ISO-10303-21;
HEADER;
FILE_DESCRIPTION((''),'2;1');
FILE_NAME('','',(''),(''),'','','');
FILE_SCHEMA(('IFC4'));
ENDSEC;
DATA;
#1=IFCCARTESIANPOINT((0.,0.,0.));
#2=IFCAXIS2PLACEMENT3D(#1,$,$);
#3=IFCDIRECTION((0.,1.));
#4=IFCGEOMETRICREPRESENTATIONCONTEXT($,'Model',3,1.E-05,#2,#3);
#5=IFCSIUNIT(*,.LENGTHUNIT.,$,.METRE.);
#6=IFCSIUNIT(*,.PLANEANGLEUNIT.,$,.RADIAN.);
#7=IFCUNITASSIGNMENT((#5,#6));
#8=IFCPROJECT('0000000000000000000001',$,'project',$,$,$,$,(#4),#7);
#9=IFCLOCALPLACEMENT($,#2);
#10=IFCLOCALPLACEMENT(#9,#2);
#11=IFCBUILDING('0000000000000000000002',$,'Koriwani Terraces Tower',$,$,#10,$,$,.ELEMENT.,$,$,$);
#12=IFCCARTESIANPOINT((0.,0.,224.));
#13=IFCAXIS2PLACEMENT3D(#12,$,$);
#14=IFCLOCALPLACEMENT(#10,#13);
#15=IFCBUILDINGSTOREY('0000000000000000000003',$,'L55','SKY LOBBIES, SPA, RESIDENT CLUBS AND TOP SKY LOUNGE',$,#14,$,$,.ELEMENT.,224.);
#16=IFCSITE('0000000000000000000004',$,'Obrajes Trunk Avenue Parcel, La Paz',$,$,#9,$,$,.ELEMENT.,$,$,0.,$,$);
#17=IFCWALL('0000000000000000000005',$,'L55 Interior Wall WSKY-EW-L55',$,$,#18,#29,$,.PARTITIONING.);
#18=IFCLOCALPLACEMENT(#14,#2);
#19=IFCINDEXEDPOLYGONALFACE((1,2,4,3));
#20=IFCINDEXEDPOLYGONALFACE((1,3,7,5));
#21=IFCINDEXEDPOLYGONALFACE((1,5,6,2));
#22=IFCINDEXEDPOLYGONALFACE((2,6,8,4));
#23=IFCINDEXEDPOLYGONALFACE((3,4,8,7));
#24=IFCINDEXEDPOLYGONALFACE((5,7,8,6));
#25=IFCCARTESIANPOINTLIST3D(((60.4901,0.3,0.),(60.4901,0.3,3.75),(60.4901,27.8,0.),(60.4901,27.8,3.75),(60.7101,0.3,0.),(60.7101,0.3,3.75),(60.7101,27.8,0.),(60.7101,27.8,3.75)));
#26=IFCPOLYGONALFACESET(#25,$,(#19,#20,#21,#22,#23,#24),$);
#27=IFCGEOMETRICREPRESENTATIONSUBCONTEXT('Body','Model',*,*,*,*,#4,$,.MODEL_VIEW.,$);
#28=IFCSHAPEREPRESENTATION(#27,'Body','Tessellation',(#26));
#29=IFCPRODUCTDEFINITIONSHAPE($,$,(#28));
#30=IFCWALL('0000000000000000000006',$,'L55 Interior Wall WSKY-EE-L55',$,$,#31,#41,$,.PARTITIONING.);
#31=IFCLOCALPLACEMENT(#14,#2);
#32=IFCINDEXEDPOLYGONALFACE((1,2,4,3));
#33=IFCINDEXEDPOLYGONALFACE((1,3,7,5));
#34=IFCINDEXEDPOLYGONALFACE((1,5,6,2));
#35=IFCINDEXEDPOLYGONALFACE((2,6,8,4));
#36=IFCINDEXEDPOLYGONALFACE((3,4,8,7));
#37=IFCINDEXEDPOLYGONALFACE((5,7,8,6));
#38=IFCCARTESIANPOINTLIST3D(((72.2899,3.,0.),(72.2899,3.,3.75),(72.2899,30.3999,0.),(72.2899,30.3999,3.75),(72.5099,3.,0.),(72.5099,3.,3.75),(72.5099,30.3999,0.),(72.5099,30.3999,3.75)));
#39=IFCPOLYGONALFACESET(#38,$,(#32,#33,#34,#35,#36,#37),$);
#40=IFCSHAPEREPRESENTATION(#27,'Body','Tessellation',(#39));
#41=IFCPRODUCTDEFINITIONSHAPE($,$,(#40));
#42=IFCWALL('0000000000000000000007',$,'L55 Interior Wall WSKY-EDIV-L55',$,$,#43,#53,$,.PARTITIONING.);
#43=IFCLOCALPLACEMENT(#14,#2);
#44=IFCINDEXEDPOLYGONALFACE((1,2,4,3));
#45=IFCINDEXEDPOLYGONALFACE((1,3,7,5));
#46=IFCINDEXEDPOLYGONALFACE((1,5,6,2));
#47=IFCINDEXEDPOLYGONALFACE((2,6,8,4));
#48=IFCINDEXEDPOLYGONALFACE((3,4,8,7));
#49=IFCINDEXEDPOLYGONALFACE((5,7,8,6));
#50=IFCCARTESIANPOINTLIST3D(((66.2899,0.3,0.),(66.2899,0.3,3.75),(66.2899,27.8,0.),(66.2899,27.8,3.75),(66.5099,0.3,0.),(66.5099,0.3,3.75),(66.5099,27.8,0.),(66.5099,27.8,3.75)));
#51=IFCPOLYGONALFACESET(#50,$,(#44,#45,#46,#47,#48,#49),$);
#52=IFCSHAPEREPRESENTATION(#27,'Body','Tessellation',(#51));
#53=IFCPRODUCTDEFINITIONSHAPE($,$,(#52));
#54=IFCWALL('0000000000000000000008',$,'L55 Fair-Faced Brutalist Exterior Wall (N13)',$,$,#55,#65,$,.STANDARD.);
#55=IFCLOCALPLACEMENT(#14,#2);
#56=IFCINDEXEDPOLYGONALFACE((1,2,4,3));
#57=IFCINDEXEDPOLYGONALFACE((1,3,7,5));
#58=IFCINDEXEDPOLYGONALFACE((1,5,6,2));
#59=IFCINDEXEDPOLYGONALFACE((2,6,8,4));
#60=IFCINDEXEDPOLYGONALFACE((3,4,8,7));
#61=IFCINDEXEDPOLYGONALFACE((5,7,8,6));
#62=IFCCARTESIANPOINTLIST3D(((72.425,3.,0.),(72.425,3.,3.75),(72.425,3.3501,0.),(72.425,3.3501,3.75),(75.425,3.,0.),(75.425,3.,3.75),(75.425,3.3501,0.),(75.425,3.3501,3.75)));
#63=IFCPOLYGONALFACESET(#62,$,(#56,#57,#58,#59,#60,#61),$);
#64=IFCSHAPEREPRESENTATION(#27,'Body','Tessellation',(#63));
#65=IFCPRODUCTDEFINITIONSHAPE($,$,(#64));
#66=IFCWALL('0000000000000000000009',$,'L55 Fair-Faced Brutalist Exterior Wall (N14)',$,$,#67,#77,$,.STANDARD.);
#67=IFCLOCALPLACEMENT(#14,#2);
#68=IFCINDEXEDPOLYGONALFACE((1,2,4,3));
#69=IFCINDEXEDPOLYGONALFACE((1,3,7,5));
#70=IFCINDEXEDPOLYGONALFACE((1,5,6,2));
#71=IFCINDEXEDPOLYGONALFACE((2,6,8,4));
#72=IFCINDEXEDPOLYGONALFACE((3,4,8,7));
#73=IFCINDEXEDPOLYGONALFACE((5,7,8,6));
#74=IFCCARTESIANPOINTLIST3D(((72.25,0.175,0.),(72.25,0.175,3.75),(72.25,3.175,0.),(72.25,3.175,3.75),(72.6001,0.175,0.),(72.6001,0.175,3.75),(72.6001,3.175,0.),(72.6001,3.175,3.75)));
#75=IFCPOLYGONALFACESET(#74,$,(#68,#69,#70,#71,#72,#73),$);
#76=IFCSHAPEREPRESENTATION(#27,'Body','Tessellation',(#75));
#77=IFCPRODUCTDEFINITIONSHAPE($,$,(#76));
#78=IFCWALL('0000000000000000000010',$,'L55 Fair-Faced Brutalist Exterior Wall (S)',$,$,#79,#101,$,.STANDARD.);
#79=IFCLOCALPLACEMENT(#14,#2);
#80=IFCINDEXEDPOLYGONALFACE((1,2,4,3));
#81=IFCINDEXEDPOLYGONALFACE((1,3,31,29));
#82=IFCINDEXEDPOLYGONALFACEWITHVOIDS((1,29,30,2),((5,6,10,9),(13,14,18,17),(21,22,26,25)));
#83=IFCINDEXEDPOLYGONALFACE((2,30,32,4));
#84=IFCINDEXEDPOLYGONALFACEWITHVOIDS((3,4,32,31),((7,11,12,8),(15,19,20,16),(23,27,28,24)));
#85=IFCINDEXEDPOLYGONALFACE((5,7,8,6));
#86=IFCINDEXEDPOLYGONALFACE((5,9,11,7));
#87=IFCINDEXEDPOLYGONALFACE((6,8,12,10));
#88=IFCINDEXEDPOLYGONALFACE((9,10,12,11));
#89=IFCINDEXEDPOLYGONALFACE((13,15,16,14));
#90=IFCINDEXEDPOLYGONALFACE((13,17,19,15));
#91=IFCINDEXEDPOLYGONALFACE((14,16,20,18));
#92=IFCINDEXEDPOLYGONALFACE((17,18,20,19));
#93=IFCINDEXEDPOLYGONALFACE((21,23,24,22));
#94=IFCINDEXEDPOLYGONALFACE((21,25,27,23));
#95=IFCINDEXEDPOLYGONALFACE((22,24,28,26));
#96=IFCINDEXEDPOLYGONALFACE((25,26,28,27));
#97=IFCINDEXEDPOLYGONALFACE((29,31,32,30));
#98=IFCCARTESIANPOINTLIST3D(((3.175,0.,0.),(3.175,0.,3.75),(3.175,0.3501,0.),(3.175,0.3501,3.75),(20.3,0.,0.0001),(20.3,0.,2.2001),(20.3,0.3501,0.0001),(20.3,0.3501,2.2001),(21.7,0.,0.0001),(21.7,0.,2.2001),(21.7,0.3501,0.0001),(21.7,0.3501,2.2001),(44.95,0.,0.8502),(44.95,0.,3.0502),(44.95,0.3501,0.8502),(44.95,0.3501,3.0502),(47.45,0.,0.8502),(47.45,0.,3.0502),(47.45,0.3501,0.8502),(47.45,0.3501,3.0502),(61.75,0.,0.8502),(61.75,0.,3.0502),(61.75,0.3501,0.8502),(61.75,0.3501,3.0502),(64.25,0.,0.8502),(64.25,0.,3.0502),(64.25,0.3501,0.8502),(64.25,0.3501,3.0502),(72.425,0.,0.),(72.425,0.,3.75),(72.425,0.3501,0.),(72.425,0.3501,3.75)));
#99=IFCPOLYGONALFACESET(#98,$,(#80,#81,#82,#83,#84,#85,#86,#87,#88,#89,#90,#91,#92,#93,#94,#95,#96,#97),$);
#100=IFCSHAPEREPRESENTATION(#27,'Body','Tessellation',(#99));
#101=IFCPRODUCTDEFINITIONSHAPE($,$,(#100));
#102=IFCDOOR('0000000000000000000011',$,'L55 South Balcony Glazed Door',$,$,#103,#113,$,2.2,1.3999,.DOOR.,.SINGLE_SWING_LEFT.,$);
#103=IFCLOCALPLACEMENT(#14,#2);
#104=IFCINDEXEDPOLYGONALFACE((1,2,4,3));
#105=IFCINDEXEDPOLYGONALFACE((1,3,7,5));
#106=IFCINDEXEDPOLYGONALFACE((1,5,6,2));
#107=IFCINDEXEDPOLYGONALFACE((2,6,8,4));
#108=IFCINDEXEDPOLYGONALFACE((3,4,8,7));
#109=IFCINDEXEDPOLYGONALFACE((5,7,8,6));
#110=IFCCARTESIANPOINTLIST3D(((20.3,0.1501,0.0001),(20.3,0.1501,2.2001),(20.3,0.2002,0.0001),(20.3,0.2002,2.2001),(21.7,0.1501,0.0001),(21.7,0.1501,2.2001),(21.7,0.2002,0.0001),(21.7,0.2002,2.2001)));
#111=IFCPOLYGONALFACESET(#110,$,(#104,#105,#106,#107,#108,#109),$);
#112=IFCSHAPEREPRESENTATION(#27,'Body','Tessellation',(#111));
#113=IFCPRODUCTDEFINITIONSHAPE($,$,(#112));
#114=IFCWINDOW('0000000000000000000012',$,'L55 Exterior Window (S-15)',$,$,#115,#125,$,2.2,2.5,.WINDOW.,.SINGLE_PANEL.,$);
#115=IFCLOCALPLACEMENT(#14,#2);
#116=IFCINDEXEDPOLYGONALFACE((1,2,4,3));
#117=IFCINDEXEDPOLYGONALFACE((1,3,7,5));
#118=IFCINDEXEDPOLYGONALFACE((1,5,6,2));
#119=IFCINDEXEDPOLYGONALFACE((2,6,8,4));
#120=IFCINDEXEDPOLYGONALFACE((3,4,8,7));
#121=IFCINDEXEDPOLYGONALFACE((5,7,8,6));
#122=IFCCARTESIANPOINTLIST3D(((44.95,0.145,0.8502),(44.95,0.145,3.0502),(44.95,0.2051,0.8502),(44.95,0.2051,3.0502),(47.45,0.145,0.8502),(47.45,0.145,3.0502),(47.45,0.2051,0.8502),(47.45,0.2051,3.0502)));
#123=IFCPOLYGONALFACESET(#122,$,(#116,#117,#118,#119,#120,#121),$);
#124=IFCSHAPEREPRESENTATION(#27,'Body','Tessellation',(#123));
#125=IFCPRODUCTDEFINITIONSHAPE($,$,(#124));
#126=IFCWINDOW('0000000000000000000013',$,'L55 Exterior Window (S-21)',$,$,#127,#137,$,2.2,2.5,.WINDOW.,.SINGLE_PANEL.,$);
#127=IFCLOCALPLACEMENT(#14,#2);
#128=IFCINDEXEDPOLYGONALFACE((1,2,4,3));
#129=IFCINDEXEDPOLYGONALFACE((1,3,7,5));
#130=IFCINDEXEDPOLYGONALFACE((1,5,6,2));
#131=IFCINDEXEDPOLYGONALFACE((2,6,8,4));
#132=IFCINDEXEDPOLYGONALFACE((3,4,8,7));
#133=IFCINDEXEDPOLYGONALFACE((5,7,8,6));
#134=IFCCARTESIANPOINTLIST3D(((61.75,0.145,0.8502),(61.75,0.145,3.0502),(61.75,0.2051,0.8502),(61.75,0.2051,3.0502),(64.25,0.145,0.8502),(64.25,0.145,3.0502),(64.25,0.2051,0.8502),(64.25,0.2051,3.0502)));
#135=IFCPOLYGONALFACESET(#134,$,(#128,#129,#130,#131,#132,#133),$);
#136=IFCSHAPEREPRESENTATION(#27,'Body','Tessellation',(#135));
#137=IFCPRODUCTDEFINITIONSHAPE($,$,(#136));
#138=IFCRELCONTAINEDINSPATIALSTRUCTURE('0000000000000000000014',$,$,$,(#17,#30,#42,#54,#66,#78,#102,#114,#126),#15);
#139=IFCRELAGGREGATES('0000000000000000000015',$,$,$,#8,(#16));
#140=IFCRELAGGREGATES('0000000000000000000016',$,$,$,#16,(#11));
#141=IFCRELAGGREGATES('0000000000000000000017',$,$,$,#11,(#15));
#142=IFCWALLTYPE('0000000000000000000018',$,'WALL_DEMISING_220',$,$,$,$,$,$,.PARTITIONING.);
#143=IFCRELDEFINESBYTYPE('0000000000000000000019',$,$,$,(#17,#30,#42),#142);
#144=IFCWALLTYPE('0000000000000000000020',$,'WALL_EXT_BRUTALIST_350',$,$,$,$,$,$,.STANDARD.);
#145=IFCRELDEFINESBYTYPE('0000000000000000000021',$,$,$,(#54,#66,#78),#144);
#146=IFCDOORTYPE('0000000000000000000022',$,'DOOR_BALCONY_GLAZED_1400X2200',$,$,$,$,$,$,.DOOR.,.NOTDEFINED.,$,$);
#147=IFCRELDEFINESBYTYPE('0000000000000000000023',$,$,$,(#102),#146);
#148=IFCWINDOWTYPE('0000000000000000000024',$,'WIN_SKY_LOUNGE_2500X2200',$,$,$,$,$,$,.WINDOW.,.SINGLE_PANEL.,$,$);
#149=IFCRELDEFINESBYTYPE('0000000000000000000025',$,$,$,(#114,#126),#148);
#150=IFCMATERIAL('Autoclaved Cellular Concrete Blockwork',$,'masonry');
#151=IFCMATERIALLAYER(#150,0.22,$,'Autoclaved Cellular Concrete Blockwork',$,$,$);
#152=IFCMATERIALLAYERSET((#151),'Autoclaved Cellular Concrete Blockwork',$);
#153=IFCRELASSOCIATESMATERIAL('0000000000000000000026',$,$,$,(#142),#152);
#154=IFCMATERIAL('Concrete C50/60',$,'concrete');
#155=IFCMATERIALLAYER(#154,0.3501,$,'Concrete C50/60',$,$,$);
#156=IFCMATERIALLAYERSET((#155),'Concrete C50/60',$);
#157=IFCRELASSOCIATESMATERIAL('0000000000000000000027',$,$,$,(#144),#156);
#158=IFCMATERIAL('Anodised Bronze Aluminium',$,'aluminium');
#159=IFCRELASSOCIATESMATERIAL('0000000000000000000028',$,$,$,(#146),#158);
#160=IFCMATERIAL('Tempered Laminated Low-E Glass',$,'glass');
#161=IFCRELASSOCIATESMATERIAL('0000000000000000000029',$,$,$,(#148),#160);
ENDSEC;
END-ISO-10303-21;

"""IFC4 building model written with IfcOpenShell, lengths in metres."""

from ifc_helpers import new_model, si_unit, direction, frame, frame_2d, origin, place, context, subcontext, project, spatial, rectangle, extrude, material, layer, layer_set, type_object, element, fill, save


model = new_model("IFC4")

# Units and contexts
model_context = context("Model", 3, precision=1e-05, world=origin(), true_north=direction((0.0, 1.0)))
body_context = subcontext(model_context, "Body", "Model", "MODEL_VIEW")
ifc_project = project(units=[si_unit("LENGTHUNIT", "METRE"), si_unit("PLANEANGLEUNIT", "RADIAN")], contexts=[model_context])

# Site, building, storey
site_placement = place(None, origin())
site = spatial("IfcSite", under=ifc_project, at=site_placement, Name="Obrajes Trunk Avenue Parcel, La Paz", CompositionType="ELEMENT", RefElevation=0.0)
building_placement = place(site_placement, origin())
building = spatial("IfcBuilding", under=site, at=building_placement, Name="Koriwani Terraces Tower", CompositionType="ELEMENT")
storey_placement = place(building_placement, frame((0.0, 0.0, 224.0)))
storey = spatial("IfcBuildingStorey", under=building, at=storey_placement, Name="L55", Description="SKY LOBBIES, SPA, RESIDENT CLUBS AND TOP SKY LOUNGE", CompositionType="ELEMENT", Elevation=224.0)

# Shared definitions
ifc_material_1 = material(Name="Concrete C50/60", Category="concrete")

# Shared definitions
ifc_material_2 = material(Name="Anodised Bronze Aluminium", Category="aluminium")

# Shared definitions
ifc_material_3 = material(Name="Tempered Laminated Low-E Glass", Category="glass")

# Walls
ifc_material_4 = material(Name="Autoclaved Cellular Concrete Blockwork", Category="masonry")
ifc_layer_1 = layer(ifc_material_4, 0.22, Name="Autoclaved Cellular Concrete Blockwork")
ifc_layer_set_1 = layer_set([ifc_layer_1], Name="Autoclaved Cellular Concrete Blockwork")
wall_type_1 = type_object("IfcWallType", Name="WALL_DEMISING_220", PredefinedType="PARTITIONING", material=ifc_layer_set_1)
wall_1_placement = place(storey_placement, frame((60.6001, 0.3, 0.0), z_axis=(0.0, 0.0, 1.0), x_axis=(0.0, 1.0, 0.0)))
element("IfcWall", 1, at=wall_1_placement, inside=storey, type_object=wall_type_1, Name="L55 Interior Wall WSKY-EW-L55", PredefinedType="PARTITIONING", context=body_context, shape_type="SweptSolid", body=[
    extrude(rectangle(XDim=27.5, YDim=0.22, at=frame_2d((13.75, 0.0))), origin(), (0.0, 0.0, 1.0), 3.75),
])
wall_2_placement = place(storey_placement, frame((72.3999, 3.0, 0.0), z_axis=(0.0, 0.0, 1.0), x_axis=(0.0, 1.0, 0.0)))
element("IfcWall", 2, at=wall_2_placement, inside=storey, type_object=wall_type_1, Name="L55 Interior Wall WSKY-EE-L55", PredefinedType="PARTITIONING", context=body_context, shape_type="SweptSolid", body=[
    extrude(rectangle(XDim=27.3999, YDim=0.22, at=frame_2d((13.7, 0.0))), origin(), (0.0, 0.0, 1.0), 3.75),
])
wall_3_placement = place(storey_placement, frame((66.3999, 0.3, 0.0), z_axis=(0.0, 0.0, 1.0), x_axis=(0.0, 1.0, 0.0)))
element("IfcWall", 3, at=wall_3_placement, inside=storey, type_object=wall_type_1, Name="L55 Interior Wall WSKY-EDIV-L55", PredefinedType="PARTITIONING", context=body_context, shape_type="SweptSolid", body=[
    extrude(rectangle(XDim=27.5, YDim=0.22, at=frame_2d((13.75, 0.0))), origin(), (0.0, 0.0, 1.0), 3.75),
])
ifc_layer_2 = layer(ifc_material_1, 0.3501, Name="Concrete C50/60")
ifc_layer_set_2 = layer_set([ifc_layer_2], Name="Concrete C50/60")
wall_type_2 = type_object("IfcWallType", Name="WALL_EXT_BRUTALIST_350", PredefinedType="STANDARD", material=ifc_layer_set_2)
for number, where, z_axis, x_axis, name in (
    (4, (75.425, 3.175, 0.0), (0.0, 0.0, 1.0), (-1.0, 0.0, 0.0), "L55 Fair-Faced Brutalist Exterior Wall (N13)"),
    (5, (72.425, 3.175, 0.0), (0.0, 0.0, 1.0), (0.0, -1.0, 0.0), "L55 Fair-Faced Brutalist Exterior Wall (N14)"),
):
    element("IfcWall", number, at=place(storey_placement, frame(where, z_axis=z_axis, x_axis=x_axis)), inside=storey, type_object=wall_type_2, Name=name, PredefinedType="STANDARD", context=body_context, shape_type="SweptSolid", body=[
        extrude(rectangle(XDim=3.0, YDim=0.3501, at=frame_2d((1.5, 0.0))), origin(), (0.0, 0.0, 1.0), 3.75),
    ])

# Wall, openings, door, windows
wall_4_placement = place(storey_placement, frame((72.425, 0.175, 0.0), z_axis=(0.0, 0.0, 1.0), x_axis=(-1.0, 0.0, 0.0)))
wall_4 = element("IfcWall", 6, at=wall_4_placement, inside=storey, type_object=wall_type_2, Name="L55 Fair-Faced Brutalist Exterior Wall (S)", PredefinedType="STANDARD", context=body_context, shape_type="SweptSolid", body=[
    extrude(rectangle(XDim=69.25, YDim=0.3501, at=frame_2d((34.625, 0.0))), origin(), (0.0, 0.0, 1.0), 3.75),
])
opening_1_placement = place(wall_4_placement, frame((50.7251, 0.0, 0.0)))
opening_1 = element("IfcOpeningElement", 7, at=opening_1_placement, cuts=wall_4, PredefinedType="OPENING", context=body_context, shape_type="SweptSolid", body=[
    extrude(rectangle(XDim=1.3999, YDim=2.2, at=frame_2d((0.7, 1.1001))), frame((0.0, 0.1851, 0.0), z_axis=(0.0, -1.0, 0.0), x_axis=(1.0, 0.0, 0.0)), (0.0, 0.0, 1.0), 0.3701),
])
opening_2_placement = place(wall_4_placement, frame((24.9751, 0.0, 0.8501)))
opening_2 = element("IfcOpeningElement", 8, at=opening_2_placement, cuts=wall_4, PredefinedType="OPENING", context=body_context, shape_type="SweptSolid", body=[
    extrude(rectangle(XDim=2.5, YDim=2.2, at=frame_2d((1.25, 1.1001))), frame((0.0, 0.1851, 0.0), z_axis=(0.0, -1.0, 0.0), x_axis=(1.0, 0.0, 0.0)), (0.0, 0.0, 1.0), 0.3701),
])
opening_3_placement = place(wall_4_placement, frame((8.175, 0.0, 0.8501)))
opening_3 = element("IfcOpeningElement", 9, at=opening_3_placement, cuts=wall_4, PredefinedType="OPENING", context=body_context, shape_type="SweptSolid", body=[
    extrude(rectangle(XDim=2.5, YDim=2.2, at=frame_2d((1.25, 1.1001))), frame((0.0, 0.1851, 0.0), z_axis=(0.0, -1.0, 0.0), x_axis=(1.0, 0.0, 0.0)), (0.0, 0.0, 1.0), 0.3701),
])
door_type = type_object("IfcDoorType", Name="DOOR_BALCONY_GLAZED_1400X2200", OperationType="NOTDEFINED", PredefinedType="DOOR", material=ifc_material_2)
door_placement = place(opening_1_placement, origin())
door = element("IfcDoor", 10, at=door_placement, inside=storey, type_object=door_type, Name="L55 South Balcony Glazed Door", OperationType="SINGLE_SWING_LEFT", OverallHeight=2.2, OverallWidth=1.3999, PredefinedType="DOOR", context=body_context, shape_type="SweptSolid", body=[
    extrude(rectangle(XDim=1.3999, YDim=2.2, at=frame_2d((0.7, 1.1001))), frame((0.0, 0.0249, 0.0), z_axis=(0.0, -1.0, 0.0), x_axis=(1.0, 0.0, 0.0)), (0.0, 0.0, 1.0), 0.05),
])
fill(opening_1, door)
window_type = type_object("IfcWindowType", Name="WIN_SKY_LOUNGE_2500X2200", PartitioningType="SINGLE_PANEL", PredefinedType="WINDOW", material=ifc_material_3)
window_1_placement = place(opening_2_placement, origin())
window_1 = element("IfcWindow", 11, at=window_1_placement, inside=storey, type_object=window_type, Name="L55 Exterior Window (S-15)", OverallHeight=2.2, OverallWidth=2.5, PartitioningType="SINGLE_PANEL", PredefinedType="WINDOW", context=body_context, shape_type="SweptSolid", body=[
    extrude(rectangle(XDim=2.5, YDim=2.2, at=frame_2d((1.25, 1.1001))), frame((0.0, 0.03, 0.0), z_axis=(0.0, -1.0, 0.0), x_axis=(1.0, 0.0, 0.0)), (0.0, 0.0, 1.0), 0.0601),
])
fill(opening_2, window_1)
window_2_placement = place(opening_3_placement, origin())
window_2 = element("IfcWindow", 12, at=window_2_placement, inside=storey, type_object=window_type, Name="L55 Exterior Window (S-21)", OverallHeight=2.2, OverallWidth=2.5, PartitioningType="SINGLE_PANEL", PredefinedType="WINDOW", context=body_context, shape_type="SweptSolid", body=[
    extrude(rectangle(XDim=2.5, YDim=2.2, at=frame_2d((1.25, 1.1001))), frame((0.0, 0.03, 0.0), z_axis=(0.0, -1.0, 0.0), x_axis=(1.0, 0.0, 0.0)), (0.0, 0.0, 1.0), 0.0601),
])
fill(opening_3, window_2)

save(model, "model.ifc")
